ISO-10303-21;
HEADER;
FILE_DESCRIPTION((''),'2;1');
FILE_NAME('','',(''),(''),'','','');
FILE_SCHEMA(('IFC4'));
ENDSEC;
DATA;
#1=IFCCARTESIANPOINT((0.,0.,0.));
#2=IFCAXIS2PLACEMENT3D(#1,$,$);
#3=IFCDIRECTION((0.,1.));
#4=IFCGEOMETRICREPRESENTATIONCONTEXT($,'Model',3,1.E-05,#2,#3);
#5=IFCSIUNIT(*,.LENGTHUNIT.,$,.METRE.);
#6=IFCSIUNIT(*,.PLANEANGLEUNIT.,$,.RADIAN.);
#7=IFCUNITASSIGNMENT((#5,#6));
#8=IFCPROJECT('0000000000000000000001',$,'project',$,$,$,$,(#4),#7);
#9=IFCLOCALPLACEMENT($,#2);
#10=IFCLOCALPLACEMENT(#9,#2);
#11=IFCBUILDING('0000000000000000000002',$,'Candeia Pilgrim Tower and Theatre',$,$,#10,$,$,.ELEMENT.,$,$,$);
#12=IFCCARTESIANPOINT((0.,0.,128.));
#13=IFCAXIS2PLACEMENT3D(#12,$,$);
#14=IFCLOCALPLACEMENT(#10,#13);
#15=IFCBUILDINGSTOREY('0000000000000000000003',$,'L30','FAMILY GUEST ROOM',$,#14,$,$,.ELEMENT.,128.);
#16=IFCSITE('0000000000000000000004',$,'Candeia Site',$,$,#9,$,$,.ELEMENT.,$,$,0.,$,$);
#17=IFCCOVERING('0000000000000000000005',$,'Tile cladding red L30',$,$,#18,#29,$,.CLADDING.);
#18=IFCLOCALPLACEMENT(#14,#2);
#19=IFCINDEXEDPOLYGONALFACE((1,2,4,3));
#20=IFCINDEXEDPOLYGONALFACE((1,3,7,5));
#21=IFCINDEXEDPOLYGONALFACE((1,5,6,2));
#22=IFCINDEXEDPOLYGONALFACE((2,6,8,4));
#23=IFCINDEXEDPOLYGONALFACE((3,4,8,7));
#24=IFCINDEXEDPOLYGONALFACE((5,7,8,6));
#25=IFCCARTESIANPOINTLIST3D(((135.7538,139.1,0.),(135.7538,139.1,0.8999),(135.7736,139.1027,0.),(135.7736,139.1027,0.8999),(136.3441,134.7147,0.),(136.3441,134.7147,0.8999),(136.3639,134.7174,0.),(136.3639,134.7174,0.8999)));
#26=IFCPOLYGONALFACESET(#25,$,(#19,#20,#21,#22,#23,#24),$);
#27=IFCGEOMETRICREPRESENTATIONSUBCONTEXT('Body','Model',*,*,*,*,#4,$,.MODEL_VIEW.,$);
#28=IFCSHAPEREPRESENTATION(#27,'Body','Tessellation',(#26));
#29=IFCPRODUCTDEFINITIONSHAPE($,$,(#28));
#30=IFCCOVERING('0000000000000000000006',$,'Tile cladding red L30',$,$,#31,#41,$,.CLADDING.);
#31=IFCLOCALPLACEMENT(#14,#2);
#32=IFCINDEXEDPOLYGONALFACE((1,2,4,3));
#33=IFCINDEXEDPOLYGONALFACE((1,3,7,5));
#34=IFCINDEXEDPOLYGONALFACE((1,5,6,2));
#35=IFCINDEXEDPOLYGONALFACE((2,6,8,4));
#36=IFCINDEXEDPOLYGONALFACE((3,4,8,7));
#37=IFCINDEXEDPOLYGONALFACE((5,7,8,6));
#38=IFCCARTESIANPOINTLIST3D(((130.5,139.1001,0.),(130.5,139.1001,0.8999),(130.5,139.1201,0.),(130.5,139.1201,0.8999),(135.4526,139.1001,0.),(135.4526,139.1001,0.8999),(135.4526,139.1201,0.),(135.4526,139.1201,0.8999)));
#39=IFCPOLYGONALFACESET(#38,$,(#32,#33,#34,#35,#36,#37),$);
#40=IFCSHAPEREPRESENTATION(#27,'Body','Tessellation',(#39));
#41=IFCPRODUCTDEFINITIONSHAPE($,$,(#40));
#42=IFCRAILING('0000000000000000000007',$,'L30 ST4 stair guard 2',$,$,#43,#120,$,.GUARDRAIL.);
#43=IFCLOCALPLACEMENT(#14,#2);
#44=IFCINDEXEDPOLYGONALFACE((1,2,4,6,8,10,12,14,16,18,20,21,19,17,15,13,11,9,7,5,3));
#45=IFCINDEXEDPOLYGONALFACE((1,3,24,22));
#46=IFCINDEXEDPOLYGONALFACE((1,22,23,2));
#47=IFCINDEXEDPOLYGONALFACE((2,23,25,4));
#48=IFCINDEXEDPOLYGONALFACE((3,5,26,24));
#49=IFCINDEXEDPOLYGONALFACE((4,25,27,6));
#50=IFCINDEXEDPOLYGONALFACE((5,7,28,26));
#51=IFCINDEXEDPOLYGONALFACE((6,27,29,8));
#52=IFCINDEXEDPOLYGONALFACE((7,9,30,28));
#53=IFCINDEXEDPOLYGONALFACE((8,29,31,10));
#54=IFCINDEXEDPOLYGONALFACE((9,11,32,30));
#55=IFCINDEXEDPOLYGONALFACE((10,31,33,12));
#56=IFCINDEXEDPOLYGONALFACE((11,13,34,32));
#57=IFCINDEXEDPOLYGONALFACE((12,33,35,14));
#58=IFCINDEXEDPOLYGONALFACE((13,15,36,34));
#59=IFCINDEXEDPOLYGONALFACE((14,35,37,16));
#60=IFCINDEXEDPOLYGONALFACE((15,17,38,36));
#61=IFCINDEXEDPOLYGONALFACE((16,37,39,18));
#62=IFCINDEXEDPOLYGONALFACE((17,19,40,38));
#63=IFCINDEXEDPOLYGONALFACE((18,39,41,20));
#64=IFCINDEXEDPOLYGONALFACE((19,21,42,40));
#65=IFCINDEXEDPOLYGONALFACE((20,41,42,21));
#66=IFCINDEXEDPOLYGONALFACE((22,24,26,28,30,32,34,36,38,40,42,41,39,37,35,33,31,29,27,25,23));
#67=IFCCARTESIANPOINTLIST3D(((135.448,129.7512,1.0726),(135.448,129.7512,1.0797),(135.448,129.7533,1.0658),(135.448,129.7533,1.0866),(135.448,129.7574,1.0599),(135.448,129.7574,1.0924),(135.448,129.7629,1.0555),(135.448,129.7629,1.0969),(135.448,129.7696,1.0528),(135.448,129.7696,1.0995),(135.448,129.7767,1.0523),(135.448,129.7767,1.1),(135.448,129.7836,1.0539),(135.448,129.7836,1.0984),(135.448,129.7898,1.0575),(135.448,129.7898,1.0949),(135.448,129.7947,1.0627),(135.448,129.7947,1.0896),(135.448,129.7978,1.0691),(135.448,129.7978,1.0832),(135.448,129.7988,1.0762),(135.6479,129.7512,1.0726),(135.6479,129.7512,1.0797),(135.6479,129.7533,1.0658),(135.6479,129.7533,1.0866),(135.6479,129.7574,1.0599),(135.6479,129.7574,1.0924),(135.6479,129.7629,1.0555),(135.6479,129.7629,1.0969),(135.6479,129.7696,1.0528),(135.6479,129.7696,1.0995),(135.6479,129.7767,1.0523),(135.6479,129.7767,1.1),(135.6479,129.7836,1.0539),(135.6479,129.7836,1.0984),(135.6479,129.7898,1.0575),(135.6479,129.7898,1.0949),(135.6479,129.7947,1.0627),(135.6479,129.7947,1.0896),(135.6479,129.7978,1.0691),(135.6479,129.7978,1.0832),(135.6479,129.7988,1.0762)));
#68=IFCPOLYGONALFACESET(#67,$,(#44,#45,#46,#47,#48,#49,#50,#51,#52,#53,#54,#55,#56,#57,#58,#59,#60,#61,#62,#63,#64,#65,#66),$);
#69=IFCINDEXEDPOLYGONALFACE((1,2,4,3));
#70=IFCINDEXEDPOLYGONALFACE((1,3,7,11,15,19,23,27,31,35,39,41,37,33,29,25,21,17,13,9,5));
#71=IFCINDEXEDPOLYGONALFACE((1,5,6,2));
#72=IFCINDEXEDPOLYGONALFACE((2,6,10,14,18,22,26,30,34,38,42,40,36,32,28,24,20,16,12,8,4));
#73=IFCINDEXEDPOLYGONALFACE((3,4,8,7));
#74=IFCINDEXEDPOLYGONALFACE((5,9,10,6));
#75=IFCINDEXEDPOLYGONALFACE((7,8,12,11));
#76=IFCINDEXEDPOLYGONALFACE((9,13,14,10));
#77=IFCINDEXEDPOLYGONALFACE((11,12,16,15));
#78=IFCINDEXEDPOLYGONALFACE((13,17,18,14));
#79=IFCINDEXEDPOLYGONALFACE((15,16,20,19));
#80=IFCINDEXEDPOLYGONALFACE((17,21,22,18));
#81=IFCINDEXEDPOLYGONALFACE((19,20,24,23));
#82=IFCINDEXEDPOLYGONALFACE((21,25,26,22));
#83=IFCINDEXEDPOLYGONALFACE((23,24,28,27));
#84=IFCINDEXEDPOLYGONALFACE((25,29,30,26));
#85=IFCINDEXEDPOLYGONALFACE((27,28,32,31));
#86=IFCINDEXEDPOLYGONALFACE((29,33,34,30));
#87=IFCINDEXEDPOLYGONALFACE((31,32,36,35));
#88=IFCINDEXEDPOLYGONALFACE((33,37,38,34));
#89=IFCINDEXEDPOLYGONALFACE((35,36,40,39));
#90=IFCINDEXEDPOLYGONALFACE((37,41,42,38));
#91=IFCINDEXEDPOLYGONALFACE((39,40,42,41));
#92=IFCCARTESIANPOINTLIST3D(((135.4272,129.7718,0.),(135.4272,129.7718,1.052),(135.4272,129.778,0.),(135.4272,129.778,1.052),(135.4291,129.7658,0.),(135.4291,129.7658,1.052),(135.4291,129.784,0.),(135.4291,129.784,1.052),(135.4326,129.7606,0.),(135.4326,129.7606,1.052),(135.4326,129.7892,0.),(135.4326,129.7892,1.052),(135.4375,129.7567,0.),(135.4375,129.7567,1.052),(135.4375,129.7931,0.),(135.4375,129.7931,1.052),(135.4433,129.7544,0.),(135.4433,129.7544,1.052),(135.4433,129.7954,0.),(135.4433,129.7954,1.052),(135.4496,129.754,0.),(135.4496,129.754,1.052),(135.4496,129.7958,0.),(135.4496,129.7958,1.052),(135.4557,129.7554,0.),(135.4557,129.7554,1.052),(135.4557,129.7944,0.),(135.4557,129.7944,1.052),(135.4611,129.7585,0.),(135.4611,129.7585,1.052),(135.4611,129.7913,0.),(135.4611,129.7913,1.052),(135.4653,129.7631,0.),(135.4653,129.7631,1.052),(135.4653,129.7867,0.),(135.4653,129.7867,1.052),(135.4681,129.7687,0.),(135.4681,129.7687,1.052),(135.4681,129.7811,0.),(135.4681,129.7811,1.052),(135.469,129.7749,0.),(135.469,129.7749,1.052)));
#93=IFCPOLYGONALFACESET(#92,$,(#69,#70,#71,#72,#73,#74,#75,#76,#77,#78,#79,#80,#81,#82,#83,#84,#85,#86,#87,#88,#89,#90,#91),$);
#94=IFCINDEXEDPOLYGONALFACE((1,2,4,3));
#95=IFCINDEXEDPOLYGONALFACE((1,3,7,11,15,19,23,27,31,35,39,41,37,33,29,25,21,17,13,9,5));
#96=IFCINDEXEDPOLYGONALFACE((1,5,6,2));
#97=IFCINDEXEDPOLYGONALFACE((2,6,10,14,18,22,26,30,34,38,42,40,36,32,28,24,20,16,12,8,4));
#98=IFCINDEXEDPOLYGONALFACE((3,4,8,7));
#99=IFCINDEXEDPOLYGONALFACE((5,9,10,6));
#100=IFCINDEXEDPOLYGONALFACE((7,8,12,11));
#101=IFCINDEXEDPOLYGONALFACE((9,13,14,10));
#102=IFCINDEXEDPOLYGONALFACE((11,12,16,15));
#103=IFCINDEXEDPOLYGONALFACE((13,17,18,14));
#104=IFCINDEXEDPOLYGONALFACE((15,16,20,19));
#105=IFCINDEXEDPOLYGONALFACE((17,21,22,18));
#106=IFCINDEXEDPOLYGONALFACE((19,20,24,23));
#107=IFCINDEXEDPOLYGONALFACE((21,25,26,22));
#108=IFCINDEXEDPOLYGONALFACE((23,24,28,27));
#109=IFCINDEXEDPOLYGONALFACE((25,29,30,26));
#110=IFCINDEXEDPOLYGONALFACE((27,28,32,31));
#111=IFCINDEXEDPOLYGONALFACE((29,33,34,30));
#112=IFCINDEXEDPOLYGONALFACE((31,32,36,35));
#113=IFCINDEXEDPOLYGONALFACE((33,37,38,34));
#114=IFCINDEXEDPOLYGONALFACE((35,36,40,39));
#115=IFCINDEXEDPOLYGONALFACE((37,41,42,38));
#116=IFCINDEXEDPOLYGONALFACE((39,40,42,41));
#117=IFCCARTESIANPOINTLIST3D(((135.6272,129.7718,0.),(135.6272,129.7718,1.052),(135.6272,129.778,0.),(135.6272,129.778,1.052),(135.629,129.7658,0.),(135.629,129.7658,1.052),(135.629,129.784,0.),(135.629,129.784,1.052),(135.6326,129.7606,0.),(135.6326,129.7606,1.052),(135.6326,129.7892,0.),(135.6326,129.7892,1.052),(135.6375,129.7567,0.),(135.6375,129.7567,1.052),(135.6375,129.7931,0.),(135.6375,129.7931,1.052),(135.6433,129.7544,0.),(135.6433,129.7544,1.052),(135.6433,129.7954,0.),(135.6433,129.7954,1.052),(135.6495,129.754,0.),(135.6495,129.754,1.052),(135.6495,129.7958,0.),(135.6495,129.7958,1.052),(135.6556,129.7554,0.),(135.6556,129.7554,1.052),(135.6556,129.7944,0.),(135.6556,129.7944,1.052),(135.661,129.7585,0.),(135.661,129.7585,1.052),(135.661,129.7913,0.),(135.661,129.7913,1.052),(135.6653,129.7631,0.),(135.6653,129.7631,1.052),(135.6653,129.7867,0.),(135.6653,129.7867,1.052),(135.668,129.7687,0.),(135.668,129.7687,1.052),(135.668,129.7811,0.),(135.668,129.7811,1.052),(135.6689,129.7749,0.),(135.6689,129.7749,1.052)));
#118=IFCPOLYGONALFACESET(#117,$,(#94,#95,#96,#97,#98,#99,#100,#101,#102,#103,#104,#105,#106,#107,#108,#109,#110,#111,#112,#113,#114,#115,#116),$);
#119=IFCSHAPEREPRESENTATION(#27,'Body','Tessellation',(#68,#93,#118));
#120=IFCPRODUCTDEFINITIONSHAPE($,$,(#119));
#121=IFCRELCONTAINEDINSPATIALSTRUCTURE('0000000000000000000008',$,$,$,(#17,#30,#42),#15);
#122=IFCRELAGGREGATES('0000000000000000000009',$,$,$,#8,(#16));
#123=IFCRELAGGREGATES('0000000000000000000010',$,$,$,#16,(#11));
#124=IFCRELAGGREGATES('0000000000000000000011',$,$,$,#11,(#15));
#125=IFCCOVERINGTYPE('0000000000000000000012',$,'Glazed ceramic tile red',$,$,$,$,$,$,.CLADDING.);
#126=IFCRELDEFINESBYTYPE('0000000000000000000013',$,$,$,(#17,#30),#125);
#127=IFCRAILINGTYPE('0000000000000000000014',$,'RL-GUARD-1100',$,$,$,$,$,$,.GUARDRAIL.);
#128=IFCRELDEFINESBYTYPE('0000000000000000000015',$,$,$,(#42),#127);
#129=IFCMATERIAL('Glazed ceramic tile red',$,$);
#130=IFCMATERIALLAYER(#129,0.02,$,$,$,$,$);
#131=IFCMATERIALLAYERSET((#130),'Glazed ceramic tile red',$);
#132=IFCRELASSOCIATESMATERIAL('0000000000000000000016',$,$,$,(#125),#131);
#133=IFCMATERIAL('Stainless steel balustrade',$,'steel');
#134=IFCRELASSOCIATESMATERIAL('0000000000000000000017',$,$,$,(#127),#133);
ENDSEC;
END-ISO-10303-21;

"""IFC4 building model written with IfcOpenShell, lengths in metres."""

from ifc_helpers import new_model, si_unit, direction, frame, origin, origin_2d, place, context, subcontext, project, spatial, rectangle, circle, extrude, material, layer, layer_set, type_object, element, save


model = new_model("IFC4")

# Units and contexts
model_context = context("Model", 3, precision=1e-05, world=origin(), true_north=direction((0.0, 1.0)))
body_context = subcontext(model_context, "Body", "Model", "MODEL_VIEW")
ifc_project = project(units=[si_unit("LENGTHUNIT", "METRE"), si_unit("PLANEANGLEUNIT", "RADIAN")], contexts=[model_context])

# Site, building, storey
site_placement = place(None, origin())
site = spatial("IfcSite", under=ifc_project, at=site_placement, Name="Candeia Site", CompositionType="ELEMENT", RefElevation=0.0)
building_placement = place(site_placement, origin())
building = spatial("IfcBuilding", under=site, at=building_placement, Name="Candeia Pilgrim Tower and Theatre", CompositionType="ELEMENT")
storey_placement = place(building_placement, frame((0.0, 0.0, 128.0)))
storey = spatial("IfcBuildingStorey", under=building, at=storey_placement, Name="L30", Description="FAMILY GUEST ROOM", CompositionType="ELEMENT", Elevation=128.0)

# Coverings
ifc_material_1 = material(Name="Glazed ceramic tile red")
ifc_layer_1 = layer(ifc_material_1, 0.02)
ifc_layer_set_1 = layer_set([ifc_layer_1], Name="Glazed ceramic tile red")
covering_type = type_object("IfcCoveringType", Name="Glazed ceramic tile red", PredefinedType="CLADDING", material=ifc_layer_set_1)
covering_1_placement = place(storey_placement, frame((136.0588, 136.9087, 0.0), z_axis=(0.0, 0.0, 1.0), x_axis=(-0.133412, 0.991061, 0.0)))
element("IfcCovering", 1, at=covering_1_placement, inside=storey, type_object=covering_type, Name="Tile cladding red L30", PredefinedType="CLADDING", context=body_context, shape_type="SweptSolid", body=[
    extrude(rectangle(XDim=4.4248, YDim=0.02, at=origin_2d()), origin(), (0.0, 0.0, 1.0), 0.8999),
])
covering_2_placement = place(storey_placement, frame((132.9763, 139.1101, 0.0), z_axis=(0.0, 0.0, 1.0), x_axis=(-1.0, 0.0, 0.0)))
element("IfcCovering", 2, at=covering_2_placement, inside=storey, type_object=covering_type, Name="Tile cladding red L30", PredefinedType="CLADDING", context=body_context, shape_type="SweptSolid", body=[
    extrude(rectangle(XDim=4.9526, YDim=0.02, at=origin_2d()), origin(), (0.0, 0.0, 1.0), 0.8999),
])

# Railing
ifc_material_2 = material(Name="Stainless steel balustrade", Category="steel")
railing_type = type_object("IfcRailingType", Name="RL-GUARD-1100", PredefinedType="GUARDRAIL", material=ifc_material_2)
railing_1_placement = place(storey_placement, frame((135.448, 129.7749, 0.0)))
element("IfcRailing", 3, at=railing_1_placement, inside=storey, type_object=railing_type, Name="L30 ST4 stair guard 2", PredefinedType="GUARDRAIL", context=body_context, shape_type="SweptSolid", body=[
    extrude(circle(Radius=0.0239, at=origin_2d()), frame((0.0, 0.0, 1.0762), z_axis=(1.0, 0.0, 0.0), x_axis=(0.0, 1.0, 0.0)), (0.0, 0.0, 1.0), 0.2),
    extrude(circle(Radius=0.021, at=origin_2d()), origin(), (0.0, 0.0, 1.0), 1.052),
    extrude(circle(Radius=0.021, at=origin_2d()), frame((0.2, 0.0, 0.0)), (0.0, 0.0, 1.0), 1.052),
])

save(model, "model.ifc")
